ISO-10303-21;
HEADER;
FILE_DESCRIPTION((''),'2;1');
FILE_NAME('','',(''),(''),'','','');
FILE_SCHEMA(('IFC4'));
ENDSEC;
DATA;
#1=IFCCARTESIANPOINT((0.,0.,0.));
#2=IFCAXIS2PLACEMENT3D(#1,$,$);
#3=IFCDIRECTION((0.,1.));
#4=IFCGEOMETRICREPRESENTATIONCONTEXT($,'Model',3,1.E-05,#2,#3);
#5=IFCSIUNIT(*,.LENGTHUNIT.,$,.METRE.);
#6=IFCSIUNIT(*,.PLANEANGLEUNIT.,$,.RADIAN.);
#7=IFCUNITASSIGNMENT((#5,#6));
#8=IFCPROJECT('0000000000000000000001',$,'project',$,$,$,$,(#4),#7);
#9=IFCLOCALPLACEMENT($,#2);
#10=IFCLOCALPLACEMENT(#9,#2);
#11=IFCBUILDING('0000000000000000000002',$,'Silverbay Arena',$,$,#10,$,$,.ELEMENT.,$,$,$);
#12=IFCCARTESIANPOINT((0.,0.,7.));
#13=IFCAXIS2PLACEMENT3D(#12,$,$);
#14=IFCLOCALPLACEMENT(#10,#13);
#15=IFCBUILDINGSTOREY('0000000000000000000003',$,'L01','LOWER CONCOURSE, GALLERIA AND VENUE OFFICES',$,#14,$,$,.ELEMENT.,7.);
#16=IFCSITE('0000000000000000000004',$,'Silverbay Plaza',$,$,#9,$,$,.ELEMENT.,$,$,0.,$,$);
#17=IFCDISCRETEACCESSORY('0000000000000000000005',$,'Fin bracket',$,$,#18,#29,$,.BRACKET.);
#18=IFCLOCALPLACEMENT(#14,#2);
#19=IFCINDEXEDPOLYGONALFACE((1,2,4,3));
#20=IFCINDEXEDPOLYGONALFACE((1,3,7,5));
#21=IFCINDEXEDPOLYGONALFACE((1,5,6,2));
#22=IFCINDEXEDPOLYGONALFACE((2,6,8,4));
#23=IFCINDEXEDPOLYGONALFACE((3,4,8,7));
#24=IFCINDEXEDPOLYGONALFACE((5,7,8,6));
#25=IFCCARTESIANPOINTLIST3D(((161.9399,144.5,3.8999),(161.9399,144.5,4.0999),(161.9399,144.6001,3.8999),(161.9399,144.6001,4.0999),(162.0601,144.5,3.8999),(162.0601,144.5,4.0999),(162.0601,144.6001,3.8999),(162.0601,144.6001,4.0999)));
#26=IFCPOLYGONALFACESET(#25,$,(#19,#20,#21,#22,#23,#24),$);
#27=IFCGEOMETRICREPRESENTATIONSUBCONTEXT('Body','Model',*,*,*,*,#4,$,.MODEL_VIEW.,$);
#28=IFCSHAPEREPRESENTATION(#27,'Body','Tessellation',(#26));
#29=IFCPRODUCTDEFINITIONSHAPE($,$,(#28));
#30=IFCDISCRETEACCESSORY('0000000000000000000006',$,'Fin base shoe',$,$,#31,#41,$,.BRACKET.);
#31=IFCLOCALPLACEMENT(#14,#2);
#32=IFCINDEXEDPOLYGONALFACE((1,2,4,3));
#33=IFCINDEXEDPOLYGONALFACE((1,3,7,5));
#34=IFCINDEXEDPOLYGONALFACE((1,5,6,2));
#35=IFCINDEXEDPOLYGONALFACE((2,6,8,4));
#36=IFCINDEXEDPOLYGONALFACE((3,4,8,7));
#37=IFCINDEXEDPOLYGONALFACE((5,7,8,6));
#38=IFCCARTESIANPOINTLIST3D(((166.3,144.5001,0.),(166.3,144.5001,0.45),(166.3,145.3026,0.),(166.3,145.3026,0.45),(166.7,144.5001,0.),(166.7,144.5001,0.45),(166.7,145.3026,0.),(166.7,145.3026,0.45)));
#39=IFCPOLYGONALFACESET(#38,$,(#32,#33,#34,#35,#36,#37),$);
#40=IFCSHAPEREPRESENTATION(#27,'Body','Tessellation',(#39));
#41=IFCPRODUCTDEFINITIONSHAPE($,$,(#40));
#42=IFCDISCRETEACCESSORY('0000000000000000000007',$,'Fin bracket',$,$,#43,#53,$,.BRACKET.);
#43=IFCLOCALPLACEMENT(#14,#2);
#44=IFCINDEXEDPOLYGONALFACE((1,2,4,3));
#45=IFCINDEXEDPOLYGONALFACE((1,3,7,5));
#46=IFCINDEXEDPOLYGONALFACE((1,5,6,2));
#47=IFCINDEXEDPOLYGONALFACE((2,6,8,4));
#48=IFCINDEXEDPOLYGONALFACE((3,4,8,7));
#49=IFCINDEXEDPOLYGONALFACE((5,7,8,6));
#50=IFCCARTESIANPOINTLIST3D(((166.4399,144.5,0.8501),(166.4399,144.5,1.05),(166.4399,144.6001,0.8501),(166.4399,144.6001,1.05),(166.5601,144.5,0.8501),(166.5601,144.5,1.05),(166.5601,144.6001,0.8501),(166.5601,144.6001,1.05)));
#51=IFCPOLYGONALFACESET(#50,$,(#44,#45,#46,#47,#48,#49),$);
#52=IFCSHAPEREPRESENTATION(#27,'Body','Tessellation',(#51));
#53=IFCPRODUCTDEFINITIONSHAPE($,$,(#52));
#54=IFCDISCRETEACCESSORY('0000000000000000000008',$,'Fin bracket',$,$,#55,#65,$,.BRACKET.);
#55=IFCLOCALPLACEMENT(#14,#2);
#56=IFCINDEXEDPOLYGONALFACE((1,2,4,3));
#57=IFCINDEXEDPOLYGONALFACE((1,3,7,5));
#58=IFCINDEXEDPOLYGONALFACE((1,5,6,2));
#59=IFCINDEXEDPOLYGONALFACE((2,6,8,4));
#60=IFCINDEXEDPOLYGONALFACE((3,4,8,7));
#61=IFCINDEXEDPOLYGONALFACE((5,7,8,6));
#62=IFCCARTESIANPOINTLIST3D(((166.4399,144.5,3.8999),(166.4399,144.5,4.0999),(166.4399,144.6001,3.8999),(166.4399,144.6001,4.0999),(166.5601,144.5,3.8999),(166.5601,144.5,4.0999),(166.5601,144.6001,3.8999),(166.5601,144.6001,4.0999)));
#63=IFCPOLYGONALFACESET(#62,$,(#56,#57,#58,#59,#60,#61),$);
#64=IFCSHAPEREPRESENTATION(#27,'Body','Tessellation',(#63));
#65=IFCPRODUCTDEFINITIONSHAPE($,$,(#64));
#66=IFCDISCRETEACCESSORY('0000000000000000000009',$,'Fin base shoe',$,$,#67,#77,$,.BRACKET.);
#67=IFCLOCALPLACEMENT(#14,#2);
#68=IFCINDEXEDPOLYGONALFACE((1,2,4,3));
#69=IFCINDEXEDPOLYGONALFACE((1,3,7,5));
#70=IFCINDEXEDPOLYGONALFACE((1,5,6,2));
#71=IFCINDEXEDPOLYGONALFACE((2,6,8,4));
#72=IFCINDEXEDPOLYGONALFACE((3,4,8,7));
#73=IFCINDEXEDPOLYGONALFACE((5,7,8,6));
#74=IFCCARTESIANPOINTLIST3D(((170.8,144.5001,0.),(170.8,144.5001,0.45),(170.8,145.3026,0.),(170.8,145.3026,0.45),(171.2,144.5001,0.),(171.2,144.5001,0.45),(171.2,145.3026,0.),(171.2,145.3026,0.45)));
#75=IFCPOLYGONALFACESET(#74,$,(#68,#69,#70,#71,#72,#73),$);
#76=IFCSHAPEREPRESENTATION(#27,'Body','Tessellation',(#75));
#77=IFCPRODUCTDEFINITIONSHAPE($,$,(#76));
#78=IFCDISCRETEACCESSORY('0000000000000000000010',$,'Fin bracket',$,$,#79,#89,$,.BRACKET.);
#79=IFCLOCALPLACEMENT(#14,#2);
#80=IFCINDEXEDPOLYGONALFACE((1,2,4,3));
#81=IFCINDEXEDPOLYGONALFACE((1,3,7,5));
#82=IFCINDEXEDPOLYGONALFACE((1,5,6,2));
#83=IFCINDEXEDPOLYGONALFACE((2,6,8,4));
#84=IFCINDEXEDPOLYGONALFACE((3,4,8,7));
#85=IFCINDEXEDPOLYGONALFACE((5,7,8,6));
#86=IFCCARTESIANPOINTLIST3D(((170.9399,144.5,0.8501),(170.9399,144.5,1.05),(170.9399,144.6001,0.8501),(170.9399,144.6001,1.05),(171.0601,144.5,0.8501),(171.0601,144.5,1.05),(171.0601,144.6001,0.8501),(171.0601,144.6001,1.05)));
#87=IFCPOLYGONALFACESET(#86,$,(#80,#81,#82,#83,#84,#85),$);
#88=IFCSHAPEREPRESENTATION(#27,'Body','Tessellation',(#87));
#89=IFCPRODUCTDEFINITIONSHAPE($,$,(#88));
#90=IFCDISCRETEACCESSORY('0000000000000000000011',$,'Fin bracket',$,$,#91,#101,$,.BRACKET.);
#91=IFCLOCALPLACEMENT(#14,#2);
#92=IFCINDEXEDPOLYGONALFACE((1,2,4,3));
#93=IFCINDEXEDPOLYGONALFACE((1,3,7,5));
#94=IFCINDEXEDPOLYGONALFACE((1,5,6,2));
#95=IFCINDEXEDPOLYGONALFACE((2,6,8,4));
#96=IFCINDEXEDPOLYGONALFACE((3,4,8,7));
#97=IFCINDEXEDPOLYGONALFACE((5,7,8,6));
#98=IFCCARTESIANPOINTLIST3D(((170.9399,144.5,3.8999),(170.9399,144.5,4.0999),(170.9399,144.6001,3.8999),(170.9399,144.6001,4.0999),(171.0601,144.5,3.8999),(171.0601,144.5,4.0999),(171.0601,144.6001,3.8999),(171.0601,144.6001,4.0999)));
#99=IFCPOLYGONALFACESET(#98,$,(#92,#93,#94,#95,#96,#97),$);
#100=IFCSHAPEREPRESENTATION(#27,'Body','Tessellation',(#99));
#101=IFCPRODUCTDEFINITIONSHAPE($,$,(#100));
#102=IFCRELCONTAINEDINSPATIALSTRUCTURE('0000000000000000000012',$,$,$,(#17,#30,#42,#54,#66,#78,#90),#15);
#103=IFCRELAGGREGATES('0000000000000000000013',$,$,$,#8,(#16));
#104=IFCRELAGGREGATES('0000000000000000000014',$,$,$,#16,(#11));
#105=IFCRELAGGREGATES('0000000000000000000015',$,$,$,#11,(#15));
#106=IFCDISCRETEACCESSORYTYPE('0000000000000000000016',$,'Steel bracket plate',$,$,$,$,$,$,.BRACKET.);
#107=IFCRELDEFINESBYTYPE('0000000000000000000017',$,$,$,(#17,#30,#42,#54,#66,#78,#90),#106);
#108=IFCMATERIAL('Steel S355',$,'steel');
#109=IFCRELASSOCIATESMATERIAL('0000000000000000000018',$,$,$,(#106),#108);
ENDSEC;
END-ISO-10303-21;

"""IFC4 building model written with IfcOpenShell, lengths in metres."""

from ifc_helpers import new_model, si_unit, direction, frame, origin, origin_2d, place, context, subcontext, project, spatial, rectangle, extrude, material, type_object, element, save


model = new_model("IFC4")

# Units and contexts
model_context = context("Model", 3, precision=1e-05, world=origin(), true_north=direction((0.0, 1.0)))
body_context = subcontext(model_context, "Body", "Model", "MODEL_VIEW")
ifc_project = project(units=[si_unit("LENGTHUNIT", "METRE"), si_unit("PLANEANGLEUNIT", "RADIAN")], contexts=[model_context])

# Site, building, storey
site_placement = place(None, origin())
site = spatial("IfcSite", under=ifc_project, at=site_placement, Name="Silverbay Plaza", CompositionType="ELEMENT", RefElevation=0.0)
building_placement = place(site_placement, origin())
building = spatial("IfcBuilding", under=site, at=building_placement, Name="Silverbay Arena", CompositionType="ELEMENT")
storey_placement = place(building_placement, frame((0.0, 0.0, 7.0)))
storey = spatial("IfcBuildingStorey", under=building, at=storey_placement, Name="L01", Description="LOWER CONCOURSE, GALLERIA AND VENUE OFFICES", CompositionType="ELEMENT", Elevation=7.0)

# Discrete accessories
ifc_material_1 = material(Name="Steel S355", Category="steel")
discrete_accessory_type = type_object("IfcDiscreteAccessoryType", Name="Steel bracket plate", PredefinedType="BRACKET", material=ifc_material_1)
for number, where, z_axis, x_axis, name in (
    (1, (162.0, 144.55, 3.8999), (0.0, 0.0, 1.0), (1.0, 0.0, 0.0), "Fin bracket"),
):
    element("IfcDiscreteAccessory", number, at=place(storey_placement, frame(where, z_axis=z_axis, x_axis=x_axis)), inside=storey, type_object=discrete_accessory_type, Name=name, PredefinedType="BRACKET", context=body_context, shape_type="SweptSolid", body=[
        extrude(rectangle(XDim=0.1201, YDim=0.1001, at=origin_2d()), origin(), (0.0, 0.0, 1.0), 0.2),
    ])
discrete_accessory_1_placement = place(storey_placement, frame((166.5, 144.9014, 0.0), z_axis=(0.0, 0.0, 1.0), x_axis=(1.0, 0.0, 0.0)))
element("IfcDiscreteAccessory", 2, at=discrete_accessory_1_placement, inside=storey, type_object=discrete_accessory_type, Name="Fin base shoe", PredefinedType="BRACKET", context=body_context, shape_type="SweptSolid", body=[
    extrude(rectangle(XDim=0.3999, YDim=0.8025, at=origin_2d()), origin(), (0.0, 0.0, 1.0), 0.45),
])
for number, where, z_axis, x_axis, name in (
    (3, (166.5, 144.55, 0.8501), (0.0, 0.0, 1.0), (1.0, 0.0, 0.0), "Fin bracket"),
    (4, (166.5, 144.55, 3.8999), (0.0, 0.0, 1.0), (1.0, 0.0, 0.0), "Fin bracket"),
):
    element("IfcDiscreteAccessory", number, at=place(storey_placement, frame(where, z_axis=z_axis, x_axis=x_axis)), inside=storey, type_object=discrete_accessory_type, Name=name, PredefinedType="BRACKET", context=body_context, shape_type="SweptSolid", body=[
        extrude(rectangle(XDim=0.1201, YDim=0.1001, at=origin_2d()), origin(), (0.0, 0.0, 1.0), 0.2),
    ])
discrete_accessory_2_placement = place(storey_placement, frame((171.0, 144.9014, 0.0), z_axis=(0.0, 0.0, 1.0), x_axis=(1.0, 0.0, 0.0)))
element("IfcDiscreteAccessory", 5, at=discrete_accessory_2_placement, inside=storey, type_object=discrete_accessory_type, Name="Fin base shoe", PredefinedType="BRACKET", context=body_context, shape_type="SweptSolid", body=[
    extrude(rectangle(XDim=0.3999, YDim=0.8025, at=origin_2d()), origin(), (0.0, 0.0, 1.0), 0.45),
])
for number, where, z_axis, x_axis, name in (
    (6, (171.0, 144.55, 0.8501), (0.0, 0.0, 1.0), (1.0, 0.0, 0.0), "Fin bracket"),
    (7, (171.0, 144.55, 3.8999), (0.0, 0.0, 1.0), (1.0, 0.0, 0.0), "Fin bracket"),
):
    element("IfcDiscreteAccessory", number, at=place(storey_placement, frame(where, z_axis=z_axis, x_axis=x_axis)), inside=storey, type_object=discrete_accessory_type, Name=name, PredefinedType="BRACKET", context=body_context, shape_type="SweptSolid", body=[
        extrude(rectangle(XDim=0.1201, YDim=0.1001, at=origin_2d()), origin(), (0.0, 0.0, 1.0), 0.2),
    ])

save(model, "model.ifc")
